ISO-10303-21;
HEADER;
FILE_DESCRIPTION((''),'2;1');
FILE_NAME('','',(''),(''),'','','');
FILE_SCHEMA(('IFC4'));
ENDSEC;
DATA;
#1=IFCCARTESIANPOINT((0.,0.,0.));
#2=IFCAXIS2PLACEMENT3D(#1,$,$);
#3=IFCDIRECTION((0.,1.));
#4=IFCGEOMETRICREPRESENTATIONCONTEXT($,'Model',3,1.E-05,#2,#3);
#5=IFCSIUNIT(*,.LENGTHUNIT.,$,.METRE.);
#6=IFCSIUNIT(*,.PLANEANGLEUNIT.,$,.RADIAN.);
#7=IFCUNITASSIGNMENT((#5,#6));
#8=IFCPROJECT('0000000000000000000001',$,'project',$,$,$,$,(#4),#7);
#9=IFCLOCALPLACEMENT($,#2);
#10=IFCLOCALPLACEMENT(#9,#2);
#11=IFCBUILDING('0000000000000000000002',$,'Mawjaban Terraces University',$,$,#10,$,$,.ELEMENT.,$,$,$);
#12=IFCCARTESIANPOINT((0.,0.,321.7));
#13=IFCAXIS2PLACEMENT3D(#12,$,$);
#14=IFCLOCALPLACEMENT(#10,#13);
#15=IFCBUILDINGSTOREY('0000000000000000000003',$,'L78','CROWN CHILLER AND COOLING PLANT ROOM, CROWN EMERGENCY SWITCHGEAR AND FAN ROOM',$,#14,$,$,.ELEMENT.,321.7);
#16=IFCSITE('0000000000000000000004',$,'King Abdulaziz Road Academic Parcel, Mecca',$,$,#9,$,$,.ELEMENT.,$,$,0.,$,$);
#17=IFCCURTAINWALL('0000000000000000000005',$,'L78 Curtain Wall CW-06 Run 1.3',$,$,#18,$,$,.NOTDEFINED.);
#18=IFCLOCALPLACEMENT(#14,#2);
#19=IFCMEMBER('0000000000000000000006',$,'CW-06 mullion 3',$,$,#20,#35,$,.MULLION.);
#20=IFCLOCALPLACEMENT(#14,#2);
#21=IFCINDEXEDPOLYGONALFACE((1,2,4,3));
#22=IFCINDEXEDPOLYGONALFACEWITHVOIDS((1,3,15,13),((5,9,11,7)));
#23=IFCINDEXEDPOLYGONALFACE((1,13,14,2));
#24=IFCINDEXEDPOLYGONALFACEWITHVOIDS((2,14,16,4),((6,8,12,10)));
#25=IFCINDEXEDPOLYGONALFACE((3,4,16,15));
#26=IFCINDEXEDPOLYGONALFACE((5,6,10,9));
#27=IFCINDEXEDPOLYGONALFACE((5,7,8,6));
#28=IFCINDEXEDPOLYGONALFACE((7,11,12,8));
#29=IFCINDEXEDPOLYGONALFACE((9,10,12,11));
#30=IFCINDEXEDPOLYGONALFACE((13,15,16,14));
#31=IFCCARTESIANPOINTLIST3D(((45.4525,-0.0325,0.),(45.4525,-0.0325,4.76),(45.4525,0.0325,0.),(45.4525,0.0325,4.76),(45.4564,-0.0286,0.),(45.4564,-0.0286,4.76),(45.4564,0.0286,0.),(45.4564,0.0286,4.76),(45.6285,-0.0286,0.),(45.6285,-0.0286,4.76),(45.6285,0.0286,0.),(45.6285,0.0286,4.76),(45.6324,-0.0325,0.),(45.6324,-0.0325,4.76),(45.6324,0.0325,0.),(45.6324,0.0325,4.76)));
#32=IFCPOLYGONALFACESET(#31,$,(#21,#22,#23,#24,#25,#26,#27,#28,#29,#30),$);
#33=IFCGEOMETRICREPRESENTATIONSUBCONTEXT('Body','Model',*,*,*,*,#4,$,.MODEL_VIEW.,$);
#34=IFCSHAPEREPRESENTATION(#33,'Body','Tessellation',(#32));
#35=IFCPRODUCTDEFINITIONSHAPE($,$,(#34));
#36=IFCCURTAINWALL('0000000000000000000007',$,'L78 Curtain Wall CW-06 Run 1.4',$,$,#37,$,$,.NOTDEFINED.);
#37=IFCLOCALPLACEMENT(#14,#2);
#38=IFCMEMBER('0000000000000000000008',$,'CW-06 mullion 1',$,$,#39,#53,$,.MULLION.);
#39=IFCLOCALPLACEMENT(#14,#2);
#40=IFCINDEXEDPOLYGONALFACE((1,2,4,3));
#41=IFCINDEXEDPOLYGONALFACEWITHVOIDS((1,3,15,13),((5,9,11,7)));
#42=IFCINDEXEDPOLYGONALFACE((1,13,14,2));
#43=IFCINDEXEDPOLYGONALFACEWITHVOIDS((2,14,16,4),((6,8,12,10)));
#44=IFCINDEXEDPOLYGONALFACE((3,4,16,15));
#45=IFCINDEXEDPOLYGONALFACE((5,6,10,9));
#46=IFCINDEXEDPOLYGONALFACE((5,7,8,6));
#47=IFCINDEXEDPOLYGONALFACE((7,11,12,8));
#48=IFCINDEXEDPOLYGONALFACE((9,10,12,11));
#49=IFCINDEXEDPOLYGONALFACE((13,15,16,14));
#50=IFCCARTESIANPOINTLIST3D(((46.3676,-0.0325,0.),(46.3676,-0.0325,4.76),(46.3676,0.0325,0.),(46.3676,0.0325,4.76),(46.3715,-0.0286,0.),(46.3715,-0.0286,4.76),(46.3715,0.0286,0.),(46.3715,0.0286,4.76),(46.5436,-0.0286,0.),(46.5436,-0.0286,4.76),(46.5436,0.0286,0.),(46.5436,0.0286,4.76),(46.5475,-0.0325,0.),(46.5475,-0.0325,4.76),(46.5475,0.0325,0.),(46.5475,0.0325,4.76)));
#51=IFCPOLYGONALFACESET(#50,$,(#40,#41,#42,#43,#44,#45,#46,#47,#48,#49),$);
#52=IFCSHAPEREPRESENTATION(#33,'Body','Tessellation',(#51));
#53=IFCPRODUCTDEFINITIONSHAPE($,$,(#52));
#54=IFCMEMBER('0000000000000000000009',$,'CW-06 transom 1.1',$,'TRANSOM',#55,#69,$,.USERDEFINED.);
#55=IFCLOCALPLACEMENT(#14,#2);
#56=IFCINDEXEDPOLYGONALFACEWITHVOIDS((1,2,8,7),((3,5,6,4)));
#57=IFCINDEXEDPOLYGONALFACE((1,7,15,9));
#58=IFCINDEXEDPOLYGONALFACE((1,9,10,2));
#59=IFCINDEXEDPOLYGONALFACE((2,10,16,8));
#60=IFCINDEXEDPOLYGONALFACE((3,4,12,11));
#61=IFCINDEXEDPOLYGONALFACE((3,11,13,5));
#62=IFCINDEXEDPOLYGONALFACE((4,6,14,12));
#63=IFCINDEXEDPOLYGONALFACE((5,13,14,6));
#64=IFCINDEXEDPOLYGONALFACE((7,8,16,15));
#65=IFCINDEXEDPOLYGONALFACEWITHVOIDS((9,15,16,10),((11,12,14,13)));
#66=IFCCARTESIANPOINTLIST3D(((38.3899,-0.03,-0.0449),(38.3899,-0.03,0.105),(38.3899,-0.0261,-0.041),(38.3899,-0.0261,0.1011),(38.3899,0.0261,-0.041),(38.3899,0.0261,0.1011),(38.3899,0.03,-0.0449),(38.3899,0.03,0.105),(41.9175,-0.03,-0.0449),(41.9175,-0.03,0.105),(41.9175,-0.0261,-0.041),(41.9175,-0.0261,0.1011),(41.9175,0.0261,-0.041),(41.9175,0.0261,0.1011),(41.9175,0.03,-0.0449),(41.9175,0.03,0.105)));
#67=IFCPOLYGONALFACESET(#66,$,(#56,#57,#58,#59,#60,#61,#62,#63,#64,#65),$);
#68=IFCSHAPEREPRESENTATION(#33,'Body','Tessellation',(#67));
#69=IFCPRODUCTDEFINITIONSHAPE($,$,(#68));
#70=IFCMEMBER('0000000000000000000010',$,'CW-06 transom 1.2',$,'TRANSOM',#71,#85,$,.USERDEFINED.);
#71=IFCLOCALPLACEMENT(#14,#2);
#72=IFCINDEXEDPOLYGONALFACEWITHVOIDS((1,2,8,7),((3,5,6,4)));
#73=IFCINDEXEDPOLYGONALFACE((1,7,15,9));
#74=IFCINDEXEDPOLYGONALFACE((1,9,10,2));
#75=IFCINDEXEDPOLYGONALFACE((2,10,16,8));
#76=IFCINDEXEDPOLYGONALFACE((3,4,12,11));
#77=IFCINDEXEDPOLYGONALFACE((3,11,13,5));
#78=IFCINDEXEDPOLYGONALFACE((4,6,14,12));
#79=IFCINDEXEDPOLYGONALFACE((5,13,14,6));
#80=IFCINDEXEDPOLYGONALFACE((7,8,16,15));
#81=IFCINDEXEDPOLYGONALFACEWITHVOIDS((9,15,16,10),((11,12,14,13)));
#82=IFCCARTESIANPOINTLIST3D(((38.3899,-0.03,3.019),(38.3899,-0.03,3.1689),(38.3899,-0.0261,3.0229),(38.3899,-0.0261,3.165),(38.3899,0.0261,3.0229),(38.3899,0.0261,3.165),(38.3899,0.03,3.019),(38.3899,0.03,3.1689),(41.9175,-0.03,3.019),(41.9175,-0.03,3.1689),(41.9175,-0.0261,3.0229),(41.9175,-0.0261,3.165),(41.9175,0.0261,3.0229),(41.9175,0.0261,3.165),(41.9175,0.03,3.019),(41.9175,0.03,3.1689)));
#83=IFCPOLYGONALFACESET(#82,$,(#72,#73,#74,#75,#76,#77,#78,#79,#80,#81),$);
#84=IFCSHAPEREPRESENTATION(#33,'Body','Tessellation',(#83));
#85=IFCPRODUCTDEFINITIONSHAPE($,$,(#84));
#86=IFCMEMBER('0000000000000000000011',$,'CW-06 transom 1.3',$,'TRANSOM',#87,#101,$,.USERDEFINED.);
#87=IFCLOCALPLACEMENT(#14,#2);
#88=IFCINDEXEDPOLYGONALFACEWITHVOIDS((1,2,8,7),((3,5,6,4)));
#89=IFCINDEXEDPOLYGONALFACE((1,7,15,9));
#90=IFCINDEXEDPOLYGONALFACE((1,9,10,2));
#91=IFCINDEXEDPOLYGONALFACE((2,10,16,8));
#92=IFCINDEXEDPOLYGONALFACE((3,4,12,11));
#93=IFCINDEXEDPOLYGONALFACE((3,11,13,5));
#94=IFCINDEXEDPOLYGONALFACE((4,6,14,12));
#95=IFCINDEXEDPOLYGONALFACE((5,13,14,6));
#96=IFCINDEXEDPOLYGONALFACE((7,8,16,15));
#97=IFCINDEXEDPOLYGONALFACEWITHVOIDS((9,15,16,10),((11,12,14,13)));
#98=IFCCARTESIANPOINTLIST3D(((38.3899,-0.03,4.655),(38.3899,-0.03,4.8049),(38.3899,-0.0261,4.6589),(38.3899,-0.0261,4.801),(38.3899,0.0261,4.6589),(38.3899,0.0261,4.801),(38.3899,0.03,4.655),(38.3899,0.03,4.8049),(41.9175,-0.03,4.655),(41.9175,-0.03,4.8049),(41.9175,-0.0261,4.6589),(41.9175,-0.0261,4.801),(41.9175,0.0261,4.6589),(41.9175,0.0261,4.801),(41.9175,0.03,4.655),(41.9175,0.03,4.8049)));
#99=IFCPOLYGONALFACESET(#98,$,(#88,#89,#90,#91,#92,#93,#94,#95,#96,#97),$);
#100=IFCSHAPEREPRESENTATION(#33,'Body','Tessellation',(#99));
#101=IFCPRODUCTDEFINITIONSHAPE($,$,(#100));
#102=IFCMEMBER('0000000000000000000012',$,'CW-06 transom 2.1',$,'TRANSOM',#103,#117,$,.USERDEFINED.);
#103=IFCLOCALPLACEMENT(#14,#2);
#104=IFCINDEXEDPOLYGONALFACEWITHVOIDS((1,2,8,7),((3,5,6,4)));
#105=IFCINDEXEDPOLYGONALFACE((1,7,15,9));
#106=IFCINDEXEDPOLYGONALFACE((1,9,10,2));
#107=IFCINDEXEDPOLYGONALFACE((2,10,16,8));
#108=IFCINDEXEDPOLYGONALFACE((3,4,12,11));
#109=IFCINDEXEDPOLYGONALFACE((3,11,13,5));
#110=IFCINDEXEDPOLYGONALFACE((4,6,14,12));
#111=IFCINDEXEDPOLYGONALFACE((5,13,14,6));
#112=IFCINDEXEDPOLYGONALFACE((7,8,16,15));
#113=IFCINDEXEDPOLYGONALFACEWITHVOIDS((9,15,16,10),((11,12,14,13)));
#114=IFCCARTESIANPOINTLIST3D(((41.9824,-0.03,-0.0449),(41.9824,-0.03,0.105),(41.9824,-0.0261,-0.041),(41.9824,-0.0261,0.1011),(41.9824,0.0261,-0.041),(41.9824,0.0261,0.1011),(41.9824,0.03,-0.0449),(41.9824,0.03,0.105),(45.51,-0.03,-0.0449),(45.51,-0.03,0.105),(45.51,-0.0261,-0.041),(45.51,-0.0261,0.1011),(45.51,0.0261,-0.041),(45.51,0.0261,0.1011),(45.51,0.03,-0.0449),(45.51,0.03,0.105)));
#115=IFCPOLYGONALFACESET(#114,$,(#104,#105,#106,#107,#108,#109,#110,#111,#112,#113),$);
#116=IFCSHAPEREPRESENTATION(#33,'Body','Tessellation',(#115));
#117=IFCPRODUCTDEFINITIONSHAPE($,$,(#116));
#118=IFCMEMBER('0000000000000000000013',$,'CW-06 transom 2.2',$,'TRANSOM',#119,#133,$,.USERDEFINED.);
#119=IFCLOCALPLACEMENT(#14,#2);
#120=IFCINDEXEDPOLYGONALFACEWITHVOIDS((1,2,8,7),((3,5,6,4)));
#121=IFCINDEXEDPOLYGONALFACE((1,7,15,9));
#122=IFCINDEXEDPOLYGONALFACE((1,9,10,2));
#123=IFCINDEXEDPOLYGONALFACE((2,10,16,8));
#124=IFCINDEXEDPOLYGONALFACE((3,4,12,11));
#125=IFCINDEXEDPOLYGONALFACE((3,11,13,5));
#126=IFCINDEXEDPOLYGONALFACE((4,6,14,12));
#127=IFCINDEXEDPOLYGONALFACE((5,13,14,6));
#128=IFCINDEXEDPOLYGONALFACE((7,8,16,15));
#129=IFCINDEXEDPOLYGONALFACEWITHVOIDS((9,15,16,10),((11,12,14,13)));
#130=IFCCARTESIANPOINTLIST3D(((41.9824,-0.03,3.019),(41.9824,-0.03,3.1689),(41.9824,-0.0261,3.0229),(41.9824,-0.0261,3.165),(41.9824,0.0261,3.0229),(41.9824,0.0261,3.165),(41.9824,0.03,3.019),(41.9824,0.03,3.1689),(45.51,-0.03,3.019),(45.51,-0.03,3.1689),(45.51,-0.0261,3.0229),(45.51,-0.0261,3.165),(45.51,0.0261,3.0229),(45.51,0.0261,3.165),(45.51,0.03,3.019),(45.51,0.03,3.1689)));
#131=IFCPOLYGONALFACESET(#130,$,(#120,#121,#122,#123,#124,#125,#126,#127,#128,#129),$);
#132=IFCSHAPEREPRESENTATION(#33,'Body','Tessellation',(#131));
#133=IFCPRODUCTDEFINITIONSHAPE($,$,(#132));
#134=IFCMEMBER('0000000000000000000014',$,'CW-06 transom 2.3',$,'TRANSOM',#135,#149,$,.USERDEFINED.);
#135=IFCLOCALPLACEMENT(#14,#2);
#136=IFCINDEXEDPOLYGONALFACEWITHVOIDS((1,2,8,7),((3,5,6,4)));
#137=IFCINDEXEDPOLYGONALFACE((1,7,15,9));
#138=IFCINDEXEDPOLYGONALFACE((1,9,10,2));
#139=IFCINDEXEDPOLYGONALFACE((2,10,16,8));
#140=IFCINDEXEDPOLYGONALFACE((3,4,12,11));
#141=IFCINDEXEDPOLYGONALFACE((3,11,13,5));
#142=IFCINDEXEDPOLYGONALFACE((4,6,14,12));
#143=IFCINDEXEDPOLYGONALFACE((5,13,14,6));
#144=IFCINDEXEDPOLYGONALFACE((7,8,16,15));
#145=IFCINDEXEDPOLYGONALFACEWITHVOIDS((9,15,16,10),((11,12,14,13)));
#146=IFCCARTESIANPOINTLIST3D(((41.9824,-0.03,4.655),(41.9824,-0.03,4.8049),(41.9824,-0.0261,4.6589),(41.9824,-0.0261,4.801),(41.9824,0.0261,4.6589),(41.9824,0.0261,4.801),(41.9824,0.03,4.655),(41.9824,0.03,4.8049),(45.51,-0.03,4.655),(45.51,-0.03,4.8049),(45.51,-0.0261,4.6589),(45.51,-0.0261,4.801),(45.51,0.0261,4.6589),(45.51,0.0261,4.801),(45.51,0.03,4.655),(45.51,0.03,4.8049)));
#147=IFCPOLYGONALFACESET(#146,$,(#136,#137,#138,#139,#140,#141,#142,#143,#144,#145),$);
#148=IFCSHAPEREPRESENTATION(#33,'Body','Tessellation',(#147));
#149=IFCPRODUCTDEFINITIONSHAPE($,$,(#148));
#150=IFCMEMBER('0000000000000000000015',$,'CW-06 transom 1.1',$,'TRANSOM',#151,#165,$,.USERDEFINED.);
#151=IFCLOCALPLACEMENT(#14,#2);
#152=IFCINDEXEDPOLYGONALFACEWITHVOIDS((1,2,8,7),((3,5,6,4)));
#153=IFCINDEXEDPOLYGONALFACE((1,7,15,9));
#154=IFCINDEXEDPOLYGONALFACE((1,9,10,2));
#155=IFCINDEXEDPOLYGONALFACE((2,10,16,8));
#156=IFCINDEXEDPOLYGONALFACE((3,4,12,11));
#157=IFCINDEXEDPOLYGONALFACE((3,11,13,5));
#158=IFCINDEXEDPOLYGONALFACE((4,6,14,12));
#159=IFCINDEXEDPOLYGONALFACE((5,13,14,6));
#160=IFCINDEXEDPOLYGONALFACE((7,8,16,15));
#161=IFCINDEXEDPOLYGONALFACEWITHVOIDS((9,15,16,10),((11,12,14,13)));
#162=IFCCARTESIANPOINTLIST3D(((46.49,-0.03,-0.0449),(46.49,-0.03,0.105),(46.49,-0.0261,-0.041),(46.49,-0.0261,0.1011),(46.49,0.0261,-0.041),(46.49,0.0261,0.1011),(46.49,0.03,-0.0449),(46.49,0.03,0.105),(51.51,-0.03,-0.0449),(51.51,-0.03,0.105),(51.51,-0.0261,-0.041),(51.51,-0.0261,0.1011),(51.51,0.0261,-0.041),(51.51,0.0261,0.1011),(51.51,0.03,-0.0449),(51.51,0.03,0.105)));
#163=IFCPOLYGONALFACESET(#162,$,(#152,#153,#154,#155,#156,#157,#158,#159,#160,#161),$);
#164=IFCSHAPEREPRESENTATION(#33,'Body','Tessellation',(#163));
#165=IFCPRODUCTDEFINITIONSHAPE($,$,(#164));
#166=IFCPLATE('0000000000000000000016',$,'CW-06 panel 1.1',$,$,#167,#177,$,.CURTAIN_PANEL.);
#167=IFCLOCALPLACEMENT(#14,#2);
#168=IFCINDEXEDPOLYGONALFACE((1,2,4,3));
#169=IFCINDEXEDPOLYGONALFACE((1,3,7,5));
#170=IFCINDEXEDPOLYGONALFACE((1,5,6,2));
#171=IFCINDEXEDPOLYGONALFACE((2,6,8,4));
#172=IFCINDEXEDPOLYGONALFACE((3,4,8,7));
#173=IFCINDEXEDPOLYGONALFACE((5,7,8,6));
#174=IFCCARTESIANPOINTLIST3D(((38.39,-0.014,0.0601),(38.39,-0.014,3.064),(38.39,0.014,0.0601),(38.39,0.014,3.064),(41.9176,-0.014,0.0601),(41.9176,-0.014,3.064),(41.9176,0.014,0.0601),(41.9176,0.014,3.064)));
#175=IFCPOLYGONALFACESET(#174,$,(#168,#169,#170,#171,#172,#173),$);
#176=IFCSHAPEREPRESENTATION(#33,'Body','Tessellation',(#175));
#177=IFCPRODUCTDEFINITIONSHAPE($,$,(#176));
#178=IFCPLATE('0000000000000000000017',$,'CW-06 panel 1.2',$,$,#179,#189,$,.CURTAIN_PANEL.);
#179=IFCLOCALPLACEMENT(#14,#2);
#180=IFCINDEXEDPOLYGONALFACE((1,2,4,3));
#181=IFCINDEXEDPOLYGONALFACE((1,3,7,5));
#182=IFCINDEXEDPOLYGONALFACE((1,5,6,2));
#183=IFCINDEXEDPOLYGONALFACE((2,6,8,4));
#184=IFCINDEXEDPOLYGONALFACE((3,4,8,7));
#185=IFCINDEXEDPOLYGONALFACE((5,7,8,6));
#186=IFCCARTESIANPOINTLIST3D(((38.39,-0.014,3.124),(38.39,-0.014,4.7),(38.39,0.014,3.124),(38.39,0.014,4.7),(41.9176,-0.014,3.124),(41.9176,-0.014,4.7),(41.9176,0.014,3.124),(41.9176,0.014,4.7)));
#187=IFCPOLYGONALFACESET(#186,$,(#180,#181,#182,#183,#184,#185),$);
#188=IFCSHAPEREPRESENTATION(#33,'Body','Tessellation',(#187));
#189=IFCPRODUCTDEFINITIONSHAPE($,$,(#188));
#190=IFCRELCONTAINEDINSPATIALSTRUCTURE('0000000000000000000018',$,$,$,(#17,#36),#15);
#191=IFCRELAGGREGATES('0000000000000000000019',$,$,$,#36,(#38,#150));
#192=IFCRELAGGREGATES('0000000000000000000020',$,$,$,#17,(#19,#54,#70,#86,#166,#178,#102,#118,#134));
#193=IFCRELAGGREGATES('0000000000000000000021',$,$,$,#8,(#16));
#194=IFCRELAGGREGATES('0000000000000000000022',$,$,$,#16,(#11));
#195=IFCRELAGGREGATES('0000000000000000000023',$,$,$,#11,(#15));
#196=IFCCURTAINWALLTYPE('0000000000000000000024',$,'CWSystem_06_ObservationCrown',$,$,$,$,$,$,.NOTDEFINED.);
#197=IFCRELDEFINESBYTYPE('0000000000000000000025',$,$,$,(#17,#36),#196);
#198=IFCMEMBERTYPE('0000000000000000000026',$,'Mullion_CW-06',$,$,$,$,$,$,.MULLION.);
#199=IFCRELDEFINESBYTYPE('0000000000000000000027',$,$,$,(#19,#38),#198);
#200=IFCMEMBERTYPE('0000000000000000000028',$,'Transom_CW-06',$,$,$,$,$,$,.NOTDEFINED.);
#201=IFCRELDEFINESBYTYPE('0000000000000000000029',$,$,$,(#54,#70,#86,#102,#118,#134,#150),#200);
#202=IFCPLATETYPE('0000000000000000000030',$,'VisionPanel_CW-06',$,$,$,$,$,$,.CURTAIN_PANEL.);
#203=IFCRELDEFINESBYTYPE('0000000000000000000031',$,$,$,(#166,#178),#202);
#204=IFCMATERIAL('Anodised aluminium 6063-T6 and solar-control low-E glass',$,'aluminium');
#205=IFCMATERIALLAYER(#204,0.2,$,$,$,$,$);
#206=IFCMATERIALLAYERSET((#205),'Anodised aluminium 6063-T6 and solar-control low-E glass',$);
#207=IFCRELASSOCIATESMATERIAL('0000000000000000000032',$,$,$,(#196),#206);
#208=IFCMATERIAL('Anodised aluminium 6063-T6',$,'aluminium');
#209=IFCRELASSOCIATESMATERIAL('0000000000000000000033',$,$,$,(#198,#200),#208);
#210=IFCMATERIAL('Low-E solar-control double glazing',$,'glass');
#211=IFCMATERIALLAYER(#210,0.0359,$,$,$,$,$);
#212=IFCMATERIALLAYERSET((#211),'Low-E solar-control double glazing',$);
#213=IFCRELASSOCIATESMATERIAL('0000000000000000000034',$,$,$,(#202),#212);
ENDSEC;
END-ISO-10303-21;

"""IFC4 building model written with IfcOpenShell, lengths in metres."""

from ifc_helpers import new_model, si_unit, direction, frame, origin, origin_2d, place, context, subcontext, project, spatial, rectangle, hollow_rectangle, extrude, material, layer, layer_set, material_profile, profile_set, type_object, element, aggregate, save


model = new_model("IFC4")

# Units and contexts
model_context = context("Model", 3, precision=1e-05, world=origin(), true_north=direction((0.0, 1.0)))
body_context = subcontext(model_context, "Body", "Model", "MODEL_VIEW")
ifc_project = project(units=[si_unit("LENGTHUNIT", "METRE"), si_unit("PLANEANGLEUNIT", "RADIAN")], contexts=[model_context])

# Site, building, storey
site_placement = place(None, origin())
site = spatial("IfcSite", under=ifc_project, at=site_placement, Name="King Abdulaziz Road Academic Parcel, Mecca", CompositionType="ELEMENT", RefElevation=0.0)
building_placement = place(site_placement, origin())
building = spatial("IfcBuilding", under=site, at=building_placement, Name="Mawjaban Terraces University", CompositionType="ELEMENT")
storey_placement = place(building_placement, frame((0.0, 0.0, 321.7)))
storey = spatial("IfcBuildingStorey", under=building, at=storey_placement, Name="L78", Description="CROWN CHILLER AND COOLING PLANT ROOM, CROWN EMERGENCY SWITCHGEAR AND FAN ROOM", CompositionType="ELEMENT", Elevation=321.7)

# Curtain wall, member
ifc_material_1 = material(Name="Anodised aluminium 6063-T6 and solar-control low-E glass", Category="aluminium")
ifc_layer_1 = layer(ifc_material_1, 0.2)
ifc_layer_set_1 = layer_set([ifc_layer_1], Name="Anodised aluminium 6063-T6 and solar-control low-E glass")
curtain_wall_type = type_object("IfcCurtainWallType", Name="CWSystem_06_ObservationCrown", PredefinedType="NOTDEFINED", material=ifc_layer_set_1)
curtain_wall_1_placement = place(storey_placement, origin())
curtain_wall_1 = element("IfcCurtainWall", 1, at=curtain_wall_1_placement, inside=storey, type_object=curtain_wall_type, Name="L78 Curtain Wall CW-06 Run 1.3", PredefinedType="NOTDEFINED")
ifc_material_2 = material(Name="Anodised aluminium 6063-T6", Category="aluminium")
ifc_material_profile_1 = material_profile(ifc_material_2, hollow_rectangle(XDim=0.0649, YDim=0.1799, WallThickness=0.0039, at=origin_2d()), Name="ALU180X65X4")
ifc_profile_set_1 = profile_set([ifc_material_profile_1], Name="Anodised aluminium 6063-T6")
member_type_1 = type_object("IfcMemberType", Name="Mullion_CW-06", PredefinedType="MULLION", material=ifc_profile_set_1)
member_1_placement = place(storey_placement, frame((45.5425, 0.0, 0.0), z_axis=(0.0, 0.0, 1.0), x_axis=(0.0, 1.0, 0.0)))
member_1 = element("IfcMember", 2, at=member_1_placement, type_object=member_type_1, Name="CW-06 mullion 3", PredefinedType="MULLION", context=body_context, shape_type="SweptSolid", body=[
    extrude(hollow_rectangle(XDim=0.0649, YDim=0.1799, WallThickness=0.0039, at=origin_2d()), origin(), (0.0, 0.0, 1.0), 4.76),
])

# Curtain wall, member
curtain_wall_2_placement = place(storey_placement, origin())
curtain_wall_2 = element("IfcCurtainWall", 3, at=curtain_wall_2_placement, inside=storey, type_object=curtain_wall_type, Name="L78 Curtain Wall CW-06 Run 1.4", PredefinedType="NOTDEFINED")
member_2_placement = place(storey_placement, frame((46.4575, 0.0, 0.0), z_axis=(0.0, 0.0, 1.0), x_axis=(0.0, 1.0, 0.0)))
member_2 = element("IfcMember", 4, at=member_2_placement, type_object=member_type_1, Name="CW-06 mullion 1", PredefinedType="MULLION", context=body_context, shape_type="SweptSolid", body=[
    extrude(hollow_rectangle(XDim=0.0649, YDim=0.1799, WallThickness=0.0039, at=origin_2d()), origin(), (0.0, 0.0, 1.0), 4.76),
])

# Members
ifc_material_profile_2 = material_profile(ifc_material_2, hollow_rectangle(XDim=0.0601, YDim=0.1499, WallThickness=0.0039, at=origin_2d()), Name="ALU150X60X4")
ifc_profile_set_2 = profile_set([ifc_material_profile_2], Name="Anodised aluminium 6063-T6")
member_type_2 = type_object("IfcMemberType", Name="Transom_CW-06", PredefinedType="NOTDEFINED", material=ifc_profile_set_2)
member_3_placement = place(storey_placement, frame((38.3899, 0.0, 0.03), z_axis=(1.0, 0.0, 0.0), x_axis=(0.0, 1.0, 0.0)))
member_3 = element("IfcMember", 5, at=member_3_placement, type_object=member_type_2, Name="CW-06 transom 1.1", ObjectType="TRANSOM", PredefinedType="USERDEFINED", context=body_context, shape_type="SweptSolid", body=[
    extrude(hollow_rectangle(XDim=0.0601, YDim=0.1499, WallThickness=0.0039, at=origin_2d()), origin(), (0.0, 0.0, 1.0), 3.5276),
])
member_4_placement = place(storey_placement, frame((38.3899, 0.0, 3.094), z_axis=(1.0, 0.0, 0.0), x_axis=(0.0, 1.0, 0.0)))
member_4 = element("IfcMember", 6, at=member_4_placement, type_object=member_type_2, Name="CW-06 transom 1.2", ObjectType="TRANSOM", PredefinedType="USERDEFINED", context=body_context, shape_type="SweptSolid", body=[
    extrude(hollow_rectangle(XDim=0.0601, YDim=0.1499, WallThickness=0.0039, at=origin_2d()), origin(), (0.0, 0.0, 1.0), 3.5276),
])
member_5_placement = place(storey_placement, frame((38.3899, 0.0, 4.73), z_axis=(1.0, 0.0, 0.0), x_axis=(0.0, 1.0, 0.0)))
member_5 = element("IfcMember", 7, at=member_5_placement, type_object=member_type_2, Name="CW-06 transom 1.3", ObjectType="TRANSOM", PredefinedType="USERDEFINED", context=body_context, shape_type="SweptSolid", body=[
    extrude(hollow_rectangle(XDim=0.0601, YDim=0.1499, WallThickness=0.0039, at=origin_2d()), origin(), (0.0, 0.0, 1.0), 3.5276),
])
member_6_placement = place(storey_placement, frame((41.9824, 0.0, 0.03), z_axis=(1.0, 0.0, 0.0), x_axis=(0.0, 1.0, 0.0)))
member_6 = element("IfcMember", 8, at=member_6_placement, type_object=member_type_2, Name="CW-06 transom 2.1", ObjectType="TRANSOM", PredefinedType="USERDEFINED", context=body_context, shape_type="SweptSolid", body=[
    extrude(hollow_rectangle(XDim=0.0601, YDim=0.1499, WallThickness=0.0039, at=origin_2d()), origin(), (0.0, 0.0, 1.0), 3.5276),
])
member_7_placement = place(storey_placement, frame((41.9824, 0.0, 3.094), z_axis=(1.0, 0.0, 0.0), x_axis=(0.0, 1.0, 0.0)))
member_7 = element("IfcMember", 9, at=member_7_placement, type_object=member_type_2, Name="CW-06 transom 2.2", ObjectType="TRANSOM", PredefinedType="USERDEFINED", context=body_context, shape_type="SweptSolid", body=[
    extrude(hollow_rectangle(XDim=0.0601, YDim=0.1499, WallThickness=0.0039, at=origin_2d()), origin(), (0.0, 0.0, 1.0), 3.5276),
])
member_8_placement = place(storey_placement, frame((41.9824, 0.0, 4.73), z_axis=(1.0, 0.0, 0.0), x_axis=(0.0, 1.0, 0.0)))
member_8 = element("IfcMember", 10, at=member_8_placement, type_object=member_type_2, Name="CW-06 transom 2.3", ObjectType="TRANSOM", PredefinedType="USERDEFINED", context=body_context, shape_type="SweptSolid", body=[
    extrude(hollow_rectangle(XDim=0.0601, YDim=0.1499, WallThickness=0.0039, at=origin_2d()), origin(), (0.0, 0.0, 1.0), 3.5276),
])
member_9_placement = place(storey_placement, frame((46.49, 0.0, 0.03), z_axis=(1.0, 0.0, 0.0), x_axis=(0.0, 1.0, 0.0)))
member_9 = element("IfcMember", 11, at=member_9_placement, type_object=member_type_2, Name="CW-06 transom 1.1", ObjectType="TRANSOM", PredefinedType="USERDEFINED", context=body_context, shape_type="SweptSolid", body=[
    extrude(hollow_rectangle(XDim=0.0601, YDim=0.1499, WallThickness=0.0039, at=origin_2d()), origin(), (0.0, 0.0, 1.0), 5.02),
])
aggregate(curtain_wall_2, [member_2, member_9])

# Plates
ifc_material_3 = material(Name="Low-E solar-control double glazing", Category="glass")
ifc_layer_2 = layer(ifc_material_3, 0.0359)
ifc_layer_set_2 = layer_set([ifc_layer_2], Name="Low-E solar-control double glazing")
plate_type = type_object("IfcPlateType", Name="VisionPanel_CW-06", PredefinedType="CURTAIN_PANEL", material=ifc_layer_set_2)
plate_1_placement = place(storey_placement, frame((40.1538, 0.0, 0.0601), z_axis=(0.0, 0.0, 1.0), x_axis=(1.0, 0.0, 0.0)))
plate_1 = element("IfcPlate", 12, at=plate_1_placement, type_object=plate_type, Name="CW-06 panel 1.1", PredefinedType="CURTAIN_PANEL", context=body_context, shape_type="SweptSolid", body=[
    extrude(rectangle(XDim=3.5276, YDim=0.0281, at=origin_2d()), origin(), (0.0, 0.0, 1.0), 3.0039),
])
plate_2_placement = place(storey_placement, frame((40.1538, 0.0, 3.124), z_axis=(0.0, 0.0, 1.0), x_axis=(1.0, 0.0, 0.0)))
plate_2 = element("IfcPlate", 13, at=plate_2_placement, type_object=plate_type, Name="CW-06 panel 1.2", PredefinedType="CURTAIN_PANEL", context=body_context, shape_type="SweptSolid", body=[
    extrude(rectangle(XDim=3.5276, YDim=0.0281, at=origin_2d()), origin(), (0.0, 0.0, 1.0), 1.5759),
])
aggregate(curtain_wall_1, [member_1, member_3, member_4, member_5, plate_1, plate_2, member_6, member_7, member_8])

save(model, "model.ifc")
